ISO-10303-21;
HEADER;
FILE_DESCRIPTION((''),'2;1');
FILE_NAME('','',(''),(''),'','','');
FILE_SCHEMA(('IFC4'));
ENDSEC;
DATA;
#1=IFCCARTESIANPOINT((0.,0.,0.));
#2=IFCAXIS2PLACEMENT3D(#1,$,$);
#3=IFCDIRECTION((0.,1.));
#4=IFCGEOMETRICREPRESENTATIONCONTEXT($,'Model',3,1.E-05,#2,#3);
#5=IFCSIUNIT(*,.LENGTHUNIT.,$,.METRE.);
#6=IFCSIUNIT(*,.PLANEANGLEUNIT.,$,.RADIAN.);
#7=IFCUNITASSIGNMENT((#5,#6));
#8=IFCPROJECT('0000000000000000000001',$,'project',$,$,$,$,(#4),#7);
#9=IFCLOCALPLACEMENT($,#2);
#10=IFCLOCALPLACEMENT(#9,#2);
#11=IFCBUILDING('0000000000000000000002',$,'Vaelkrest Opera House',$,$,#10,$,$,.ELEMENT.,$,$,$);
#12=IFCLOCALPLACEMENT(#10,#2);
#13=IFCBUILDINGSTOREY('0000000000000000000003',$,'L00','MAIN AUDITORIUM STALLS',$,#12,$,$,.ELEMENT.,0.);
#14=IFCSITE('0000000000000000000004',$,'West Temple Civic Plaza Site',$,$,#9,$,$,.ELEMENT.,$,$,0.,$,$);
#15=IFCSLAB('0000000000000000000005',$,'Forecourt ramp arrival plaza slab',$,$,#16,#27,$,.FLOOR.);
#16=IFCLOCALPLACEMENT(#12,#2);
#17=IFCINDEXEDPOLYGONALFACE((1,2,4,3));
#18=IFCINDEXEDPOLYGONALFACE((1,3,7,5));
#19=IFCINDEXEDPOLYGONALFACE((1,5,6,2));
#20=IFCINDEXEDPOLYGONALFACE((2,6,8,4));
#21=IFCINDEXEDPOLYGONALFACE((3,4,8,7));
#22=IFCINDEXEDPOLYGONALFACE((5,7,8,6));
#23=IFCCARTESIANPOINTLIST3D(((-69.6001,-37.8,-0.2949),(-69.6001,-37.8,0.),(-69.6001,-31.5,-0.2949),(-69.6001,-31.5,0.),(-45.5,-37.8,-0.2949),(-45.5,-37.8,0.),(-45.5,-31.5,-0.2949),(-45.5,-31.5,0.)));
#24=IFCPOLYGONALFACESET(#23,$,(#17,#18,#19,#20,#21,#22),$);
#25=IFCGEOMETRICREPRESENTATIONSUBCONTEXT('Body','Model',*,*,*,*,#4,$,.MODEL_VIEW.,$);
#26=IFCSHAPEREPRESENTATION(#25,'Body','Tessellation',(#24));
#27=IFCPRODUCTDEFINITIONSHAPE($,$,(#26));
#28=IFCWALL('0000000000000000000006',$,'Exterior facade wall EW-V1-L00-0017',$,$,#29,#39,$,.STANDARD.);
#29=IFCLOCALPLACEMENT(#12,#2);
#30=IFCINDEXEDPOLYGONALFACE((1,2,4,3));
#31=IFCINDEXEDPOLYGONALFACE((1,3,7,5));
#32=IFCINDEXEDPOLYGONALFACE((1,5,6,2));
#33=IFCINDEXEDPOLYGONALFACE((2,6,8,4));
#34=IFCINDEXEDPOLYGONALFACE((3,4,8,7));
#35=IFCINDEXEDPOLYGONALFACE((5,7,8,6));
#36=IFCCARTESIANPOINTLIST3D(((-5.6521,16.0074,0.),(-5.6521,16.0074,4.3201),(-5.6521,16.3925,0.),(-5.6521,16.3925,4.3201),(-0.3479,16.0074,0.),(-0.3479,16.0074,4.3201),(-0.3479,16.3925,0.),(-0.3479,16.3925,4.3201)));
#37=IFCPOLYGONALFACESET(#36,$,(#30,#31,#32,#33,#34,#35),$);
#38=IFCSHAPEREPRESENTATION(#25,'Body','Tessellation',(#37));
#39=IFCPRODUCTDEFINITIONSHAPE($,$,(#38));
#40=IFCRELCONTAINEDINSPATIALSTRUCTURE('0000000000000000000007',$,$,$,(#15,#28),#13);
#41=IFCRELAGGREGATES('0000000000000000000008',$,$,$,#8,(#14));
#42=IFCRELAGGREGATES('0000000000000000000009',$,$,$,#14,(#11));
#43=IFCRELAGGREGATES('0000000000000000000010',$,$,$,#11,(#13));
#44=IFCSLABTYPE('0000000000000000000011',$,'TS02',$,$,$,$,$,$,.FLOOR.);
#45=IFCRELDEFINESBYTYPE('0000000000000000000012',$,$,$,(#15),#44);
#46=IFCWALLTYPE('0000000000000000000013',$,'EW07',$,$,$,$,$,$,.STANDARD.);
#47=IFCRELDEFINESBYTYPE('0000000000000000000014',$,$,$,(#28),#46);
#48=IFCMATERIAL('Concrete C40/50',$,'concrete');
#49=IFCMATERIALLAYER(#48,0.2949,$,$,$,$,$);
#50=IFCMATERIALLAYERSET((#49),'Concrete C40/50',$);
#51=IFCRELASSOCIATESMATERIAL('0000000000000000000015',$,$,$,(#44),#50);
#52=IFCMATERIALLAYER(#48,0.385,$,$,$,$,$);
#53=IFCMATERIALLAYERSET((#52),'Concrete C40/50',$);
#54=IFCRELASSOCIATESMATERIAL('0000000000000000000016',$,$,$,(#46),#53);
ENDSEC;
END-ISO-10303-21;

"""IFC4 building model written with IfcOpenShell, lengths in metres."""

from ifc_helpers import new_model, si_unit, direction, frame, frame_2d, origin, place, context, subcontext, project, spatial, polyline, rectangle, outline, extrude, material, layer, layer_set, type_object, element, save


model = new_model("IFC4")

# Units and contexts
model_context = context("Model", 3, precision=1e-05, world=origin(), true_north=direction((0.0, 1.0)))
body_context = subcontext(model_context, "Body", "Model", "MODEL_VIEW")
ifc_project = project(units=[si_unit("LENGTHUNIT", "METRE"), si_unit("PLANEANGLEUNIT", "RADIAN")], contexts=[model_context])

# Site, building, storey
site_placement = place(None, origin())
site = spatial("IfcSite", under=ifc_project, at=site_placement, Name="West Temple Civic Plaza Site", CompositionType="ELEMENT", RefElevation=0.0)
building_placement = place(site_placement, origin())
building = spatial("IfcBuilding", under=site, at=building_placement, Name="Vaelkrest Opera House", CompositionType="ELEMENT")
storey_placement = place(building_placement, origin())
storey = spatial("IfcBuildingStorey", under=building, at=storey_placement, Name="L00", Description="MAIN AUDITORIUM STALLS", CompositionType="ELEMENT", Elevation=0.0)

# Shared definitions
ifc_material_1 = material(Name="Concrete C40/50", Category="concrete")

# Slab
ifc_layer_1 = layer(ifc_material_1, 0.2949)
ifc_layer_set_1 = layer_set([ifc_layer_1], Name="Concrete C40/50")
slab_type_1 = type_object("IfcSlabType", Name="TS02", PredefinedType="FLOOR", material=ifc_layer_set_1)
slab_1_placement = place(storey_placement, frame((0.0, 0.0, -0.2949)))
element("IfcSlab", 1, at=slab_1_placement, inside=storey, type_object=slab_type_1, Name="Forecourt ramp arrival plaza slab", PredefinedType="FLOOR", context=body_context, shape_type="SweptSolid", body=[
    extrude(outline(polyline([(-69.6001, -37.8), (-45.5, -37.8), (-45.5, -31.5), (-69.6001, -31.5), (-69.6001, -37.8)])), origin(), (0.0, 0.0, 1.0), 0.2949),
])

# Wall
ifc_layer_2 = layer(ifc_material_1, 0.385)
ifc_layer_set_2 = layer_set([ifc_layer_2], Name="Concrete C40/50")
wall_type = type_object("IfcWallType", Name="EW07", PredefinedType="STANDARD", material=ifc_layer_set_2)
wall_placement = place(storey_placement, frame((-5.6521, 16.2, 0.0), z_axis=(0.0, 0.0, 1.0), x_axis=(1.0, 0.0, 0.0)))
element("IfcWall", 2, at=wall_placement, inside=storey, type_object=wall_type, Name="Exterior facade wall EW-V1-L00-0017", PredefinedType="STANDARD", context=body_context, shape_type="SweptSolid", body=[
    extrude(rectangle(XDim=5.3042, YDim=0.385, at=frame_2d((2.6521, 0.0))), origin(), (0.0, 0.0, 1.0), 4.3201),
])

save(model, "model.ifc")
